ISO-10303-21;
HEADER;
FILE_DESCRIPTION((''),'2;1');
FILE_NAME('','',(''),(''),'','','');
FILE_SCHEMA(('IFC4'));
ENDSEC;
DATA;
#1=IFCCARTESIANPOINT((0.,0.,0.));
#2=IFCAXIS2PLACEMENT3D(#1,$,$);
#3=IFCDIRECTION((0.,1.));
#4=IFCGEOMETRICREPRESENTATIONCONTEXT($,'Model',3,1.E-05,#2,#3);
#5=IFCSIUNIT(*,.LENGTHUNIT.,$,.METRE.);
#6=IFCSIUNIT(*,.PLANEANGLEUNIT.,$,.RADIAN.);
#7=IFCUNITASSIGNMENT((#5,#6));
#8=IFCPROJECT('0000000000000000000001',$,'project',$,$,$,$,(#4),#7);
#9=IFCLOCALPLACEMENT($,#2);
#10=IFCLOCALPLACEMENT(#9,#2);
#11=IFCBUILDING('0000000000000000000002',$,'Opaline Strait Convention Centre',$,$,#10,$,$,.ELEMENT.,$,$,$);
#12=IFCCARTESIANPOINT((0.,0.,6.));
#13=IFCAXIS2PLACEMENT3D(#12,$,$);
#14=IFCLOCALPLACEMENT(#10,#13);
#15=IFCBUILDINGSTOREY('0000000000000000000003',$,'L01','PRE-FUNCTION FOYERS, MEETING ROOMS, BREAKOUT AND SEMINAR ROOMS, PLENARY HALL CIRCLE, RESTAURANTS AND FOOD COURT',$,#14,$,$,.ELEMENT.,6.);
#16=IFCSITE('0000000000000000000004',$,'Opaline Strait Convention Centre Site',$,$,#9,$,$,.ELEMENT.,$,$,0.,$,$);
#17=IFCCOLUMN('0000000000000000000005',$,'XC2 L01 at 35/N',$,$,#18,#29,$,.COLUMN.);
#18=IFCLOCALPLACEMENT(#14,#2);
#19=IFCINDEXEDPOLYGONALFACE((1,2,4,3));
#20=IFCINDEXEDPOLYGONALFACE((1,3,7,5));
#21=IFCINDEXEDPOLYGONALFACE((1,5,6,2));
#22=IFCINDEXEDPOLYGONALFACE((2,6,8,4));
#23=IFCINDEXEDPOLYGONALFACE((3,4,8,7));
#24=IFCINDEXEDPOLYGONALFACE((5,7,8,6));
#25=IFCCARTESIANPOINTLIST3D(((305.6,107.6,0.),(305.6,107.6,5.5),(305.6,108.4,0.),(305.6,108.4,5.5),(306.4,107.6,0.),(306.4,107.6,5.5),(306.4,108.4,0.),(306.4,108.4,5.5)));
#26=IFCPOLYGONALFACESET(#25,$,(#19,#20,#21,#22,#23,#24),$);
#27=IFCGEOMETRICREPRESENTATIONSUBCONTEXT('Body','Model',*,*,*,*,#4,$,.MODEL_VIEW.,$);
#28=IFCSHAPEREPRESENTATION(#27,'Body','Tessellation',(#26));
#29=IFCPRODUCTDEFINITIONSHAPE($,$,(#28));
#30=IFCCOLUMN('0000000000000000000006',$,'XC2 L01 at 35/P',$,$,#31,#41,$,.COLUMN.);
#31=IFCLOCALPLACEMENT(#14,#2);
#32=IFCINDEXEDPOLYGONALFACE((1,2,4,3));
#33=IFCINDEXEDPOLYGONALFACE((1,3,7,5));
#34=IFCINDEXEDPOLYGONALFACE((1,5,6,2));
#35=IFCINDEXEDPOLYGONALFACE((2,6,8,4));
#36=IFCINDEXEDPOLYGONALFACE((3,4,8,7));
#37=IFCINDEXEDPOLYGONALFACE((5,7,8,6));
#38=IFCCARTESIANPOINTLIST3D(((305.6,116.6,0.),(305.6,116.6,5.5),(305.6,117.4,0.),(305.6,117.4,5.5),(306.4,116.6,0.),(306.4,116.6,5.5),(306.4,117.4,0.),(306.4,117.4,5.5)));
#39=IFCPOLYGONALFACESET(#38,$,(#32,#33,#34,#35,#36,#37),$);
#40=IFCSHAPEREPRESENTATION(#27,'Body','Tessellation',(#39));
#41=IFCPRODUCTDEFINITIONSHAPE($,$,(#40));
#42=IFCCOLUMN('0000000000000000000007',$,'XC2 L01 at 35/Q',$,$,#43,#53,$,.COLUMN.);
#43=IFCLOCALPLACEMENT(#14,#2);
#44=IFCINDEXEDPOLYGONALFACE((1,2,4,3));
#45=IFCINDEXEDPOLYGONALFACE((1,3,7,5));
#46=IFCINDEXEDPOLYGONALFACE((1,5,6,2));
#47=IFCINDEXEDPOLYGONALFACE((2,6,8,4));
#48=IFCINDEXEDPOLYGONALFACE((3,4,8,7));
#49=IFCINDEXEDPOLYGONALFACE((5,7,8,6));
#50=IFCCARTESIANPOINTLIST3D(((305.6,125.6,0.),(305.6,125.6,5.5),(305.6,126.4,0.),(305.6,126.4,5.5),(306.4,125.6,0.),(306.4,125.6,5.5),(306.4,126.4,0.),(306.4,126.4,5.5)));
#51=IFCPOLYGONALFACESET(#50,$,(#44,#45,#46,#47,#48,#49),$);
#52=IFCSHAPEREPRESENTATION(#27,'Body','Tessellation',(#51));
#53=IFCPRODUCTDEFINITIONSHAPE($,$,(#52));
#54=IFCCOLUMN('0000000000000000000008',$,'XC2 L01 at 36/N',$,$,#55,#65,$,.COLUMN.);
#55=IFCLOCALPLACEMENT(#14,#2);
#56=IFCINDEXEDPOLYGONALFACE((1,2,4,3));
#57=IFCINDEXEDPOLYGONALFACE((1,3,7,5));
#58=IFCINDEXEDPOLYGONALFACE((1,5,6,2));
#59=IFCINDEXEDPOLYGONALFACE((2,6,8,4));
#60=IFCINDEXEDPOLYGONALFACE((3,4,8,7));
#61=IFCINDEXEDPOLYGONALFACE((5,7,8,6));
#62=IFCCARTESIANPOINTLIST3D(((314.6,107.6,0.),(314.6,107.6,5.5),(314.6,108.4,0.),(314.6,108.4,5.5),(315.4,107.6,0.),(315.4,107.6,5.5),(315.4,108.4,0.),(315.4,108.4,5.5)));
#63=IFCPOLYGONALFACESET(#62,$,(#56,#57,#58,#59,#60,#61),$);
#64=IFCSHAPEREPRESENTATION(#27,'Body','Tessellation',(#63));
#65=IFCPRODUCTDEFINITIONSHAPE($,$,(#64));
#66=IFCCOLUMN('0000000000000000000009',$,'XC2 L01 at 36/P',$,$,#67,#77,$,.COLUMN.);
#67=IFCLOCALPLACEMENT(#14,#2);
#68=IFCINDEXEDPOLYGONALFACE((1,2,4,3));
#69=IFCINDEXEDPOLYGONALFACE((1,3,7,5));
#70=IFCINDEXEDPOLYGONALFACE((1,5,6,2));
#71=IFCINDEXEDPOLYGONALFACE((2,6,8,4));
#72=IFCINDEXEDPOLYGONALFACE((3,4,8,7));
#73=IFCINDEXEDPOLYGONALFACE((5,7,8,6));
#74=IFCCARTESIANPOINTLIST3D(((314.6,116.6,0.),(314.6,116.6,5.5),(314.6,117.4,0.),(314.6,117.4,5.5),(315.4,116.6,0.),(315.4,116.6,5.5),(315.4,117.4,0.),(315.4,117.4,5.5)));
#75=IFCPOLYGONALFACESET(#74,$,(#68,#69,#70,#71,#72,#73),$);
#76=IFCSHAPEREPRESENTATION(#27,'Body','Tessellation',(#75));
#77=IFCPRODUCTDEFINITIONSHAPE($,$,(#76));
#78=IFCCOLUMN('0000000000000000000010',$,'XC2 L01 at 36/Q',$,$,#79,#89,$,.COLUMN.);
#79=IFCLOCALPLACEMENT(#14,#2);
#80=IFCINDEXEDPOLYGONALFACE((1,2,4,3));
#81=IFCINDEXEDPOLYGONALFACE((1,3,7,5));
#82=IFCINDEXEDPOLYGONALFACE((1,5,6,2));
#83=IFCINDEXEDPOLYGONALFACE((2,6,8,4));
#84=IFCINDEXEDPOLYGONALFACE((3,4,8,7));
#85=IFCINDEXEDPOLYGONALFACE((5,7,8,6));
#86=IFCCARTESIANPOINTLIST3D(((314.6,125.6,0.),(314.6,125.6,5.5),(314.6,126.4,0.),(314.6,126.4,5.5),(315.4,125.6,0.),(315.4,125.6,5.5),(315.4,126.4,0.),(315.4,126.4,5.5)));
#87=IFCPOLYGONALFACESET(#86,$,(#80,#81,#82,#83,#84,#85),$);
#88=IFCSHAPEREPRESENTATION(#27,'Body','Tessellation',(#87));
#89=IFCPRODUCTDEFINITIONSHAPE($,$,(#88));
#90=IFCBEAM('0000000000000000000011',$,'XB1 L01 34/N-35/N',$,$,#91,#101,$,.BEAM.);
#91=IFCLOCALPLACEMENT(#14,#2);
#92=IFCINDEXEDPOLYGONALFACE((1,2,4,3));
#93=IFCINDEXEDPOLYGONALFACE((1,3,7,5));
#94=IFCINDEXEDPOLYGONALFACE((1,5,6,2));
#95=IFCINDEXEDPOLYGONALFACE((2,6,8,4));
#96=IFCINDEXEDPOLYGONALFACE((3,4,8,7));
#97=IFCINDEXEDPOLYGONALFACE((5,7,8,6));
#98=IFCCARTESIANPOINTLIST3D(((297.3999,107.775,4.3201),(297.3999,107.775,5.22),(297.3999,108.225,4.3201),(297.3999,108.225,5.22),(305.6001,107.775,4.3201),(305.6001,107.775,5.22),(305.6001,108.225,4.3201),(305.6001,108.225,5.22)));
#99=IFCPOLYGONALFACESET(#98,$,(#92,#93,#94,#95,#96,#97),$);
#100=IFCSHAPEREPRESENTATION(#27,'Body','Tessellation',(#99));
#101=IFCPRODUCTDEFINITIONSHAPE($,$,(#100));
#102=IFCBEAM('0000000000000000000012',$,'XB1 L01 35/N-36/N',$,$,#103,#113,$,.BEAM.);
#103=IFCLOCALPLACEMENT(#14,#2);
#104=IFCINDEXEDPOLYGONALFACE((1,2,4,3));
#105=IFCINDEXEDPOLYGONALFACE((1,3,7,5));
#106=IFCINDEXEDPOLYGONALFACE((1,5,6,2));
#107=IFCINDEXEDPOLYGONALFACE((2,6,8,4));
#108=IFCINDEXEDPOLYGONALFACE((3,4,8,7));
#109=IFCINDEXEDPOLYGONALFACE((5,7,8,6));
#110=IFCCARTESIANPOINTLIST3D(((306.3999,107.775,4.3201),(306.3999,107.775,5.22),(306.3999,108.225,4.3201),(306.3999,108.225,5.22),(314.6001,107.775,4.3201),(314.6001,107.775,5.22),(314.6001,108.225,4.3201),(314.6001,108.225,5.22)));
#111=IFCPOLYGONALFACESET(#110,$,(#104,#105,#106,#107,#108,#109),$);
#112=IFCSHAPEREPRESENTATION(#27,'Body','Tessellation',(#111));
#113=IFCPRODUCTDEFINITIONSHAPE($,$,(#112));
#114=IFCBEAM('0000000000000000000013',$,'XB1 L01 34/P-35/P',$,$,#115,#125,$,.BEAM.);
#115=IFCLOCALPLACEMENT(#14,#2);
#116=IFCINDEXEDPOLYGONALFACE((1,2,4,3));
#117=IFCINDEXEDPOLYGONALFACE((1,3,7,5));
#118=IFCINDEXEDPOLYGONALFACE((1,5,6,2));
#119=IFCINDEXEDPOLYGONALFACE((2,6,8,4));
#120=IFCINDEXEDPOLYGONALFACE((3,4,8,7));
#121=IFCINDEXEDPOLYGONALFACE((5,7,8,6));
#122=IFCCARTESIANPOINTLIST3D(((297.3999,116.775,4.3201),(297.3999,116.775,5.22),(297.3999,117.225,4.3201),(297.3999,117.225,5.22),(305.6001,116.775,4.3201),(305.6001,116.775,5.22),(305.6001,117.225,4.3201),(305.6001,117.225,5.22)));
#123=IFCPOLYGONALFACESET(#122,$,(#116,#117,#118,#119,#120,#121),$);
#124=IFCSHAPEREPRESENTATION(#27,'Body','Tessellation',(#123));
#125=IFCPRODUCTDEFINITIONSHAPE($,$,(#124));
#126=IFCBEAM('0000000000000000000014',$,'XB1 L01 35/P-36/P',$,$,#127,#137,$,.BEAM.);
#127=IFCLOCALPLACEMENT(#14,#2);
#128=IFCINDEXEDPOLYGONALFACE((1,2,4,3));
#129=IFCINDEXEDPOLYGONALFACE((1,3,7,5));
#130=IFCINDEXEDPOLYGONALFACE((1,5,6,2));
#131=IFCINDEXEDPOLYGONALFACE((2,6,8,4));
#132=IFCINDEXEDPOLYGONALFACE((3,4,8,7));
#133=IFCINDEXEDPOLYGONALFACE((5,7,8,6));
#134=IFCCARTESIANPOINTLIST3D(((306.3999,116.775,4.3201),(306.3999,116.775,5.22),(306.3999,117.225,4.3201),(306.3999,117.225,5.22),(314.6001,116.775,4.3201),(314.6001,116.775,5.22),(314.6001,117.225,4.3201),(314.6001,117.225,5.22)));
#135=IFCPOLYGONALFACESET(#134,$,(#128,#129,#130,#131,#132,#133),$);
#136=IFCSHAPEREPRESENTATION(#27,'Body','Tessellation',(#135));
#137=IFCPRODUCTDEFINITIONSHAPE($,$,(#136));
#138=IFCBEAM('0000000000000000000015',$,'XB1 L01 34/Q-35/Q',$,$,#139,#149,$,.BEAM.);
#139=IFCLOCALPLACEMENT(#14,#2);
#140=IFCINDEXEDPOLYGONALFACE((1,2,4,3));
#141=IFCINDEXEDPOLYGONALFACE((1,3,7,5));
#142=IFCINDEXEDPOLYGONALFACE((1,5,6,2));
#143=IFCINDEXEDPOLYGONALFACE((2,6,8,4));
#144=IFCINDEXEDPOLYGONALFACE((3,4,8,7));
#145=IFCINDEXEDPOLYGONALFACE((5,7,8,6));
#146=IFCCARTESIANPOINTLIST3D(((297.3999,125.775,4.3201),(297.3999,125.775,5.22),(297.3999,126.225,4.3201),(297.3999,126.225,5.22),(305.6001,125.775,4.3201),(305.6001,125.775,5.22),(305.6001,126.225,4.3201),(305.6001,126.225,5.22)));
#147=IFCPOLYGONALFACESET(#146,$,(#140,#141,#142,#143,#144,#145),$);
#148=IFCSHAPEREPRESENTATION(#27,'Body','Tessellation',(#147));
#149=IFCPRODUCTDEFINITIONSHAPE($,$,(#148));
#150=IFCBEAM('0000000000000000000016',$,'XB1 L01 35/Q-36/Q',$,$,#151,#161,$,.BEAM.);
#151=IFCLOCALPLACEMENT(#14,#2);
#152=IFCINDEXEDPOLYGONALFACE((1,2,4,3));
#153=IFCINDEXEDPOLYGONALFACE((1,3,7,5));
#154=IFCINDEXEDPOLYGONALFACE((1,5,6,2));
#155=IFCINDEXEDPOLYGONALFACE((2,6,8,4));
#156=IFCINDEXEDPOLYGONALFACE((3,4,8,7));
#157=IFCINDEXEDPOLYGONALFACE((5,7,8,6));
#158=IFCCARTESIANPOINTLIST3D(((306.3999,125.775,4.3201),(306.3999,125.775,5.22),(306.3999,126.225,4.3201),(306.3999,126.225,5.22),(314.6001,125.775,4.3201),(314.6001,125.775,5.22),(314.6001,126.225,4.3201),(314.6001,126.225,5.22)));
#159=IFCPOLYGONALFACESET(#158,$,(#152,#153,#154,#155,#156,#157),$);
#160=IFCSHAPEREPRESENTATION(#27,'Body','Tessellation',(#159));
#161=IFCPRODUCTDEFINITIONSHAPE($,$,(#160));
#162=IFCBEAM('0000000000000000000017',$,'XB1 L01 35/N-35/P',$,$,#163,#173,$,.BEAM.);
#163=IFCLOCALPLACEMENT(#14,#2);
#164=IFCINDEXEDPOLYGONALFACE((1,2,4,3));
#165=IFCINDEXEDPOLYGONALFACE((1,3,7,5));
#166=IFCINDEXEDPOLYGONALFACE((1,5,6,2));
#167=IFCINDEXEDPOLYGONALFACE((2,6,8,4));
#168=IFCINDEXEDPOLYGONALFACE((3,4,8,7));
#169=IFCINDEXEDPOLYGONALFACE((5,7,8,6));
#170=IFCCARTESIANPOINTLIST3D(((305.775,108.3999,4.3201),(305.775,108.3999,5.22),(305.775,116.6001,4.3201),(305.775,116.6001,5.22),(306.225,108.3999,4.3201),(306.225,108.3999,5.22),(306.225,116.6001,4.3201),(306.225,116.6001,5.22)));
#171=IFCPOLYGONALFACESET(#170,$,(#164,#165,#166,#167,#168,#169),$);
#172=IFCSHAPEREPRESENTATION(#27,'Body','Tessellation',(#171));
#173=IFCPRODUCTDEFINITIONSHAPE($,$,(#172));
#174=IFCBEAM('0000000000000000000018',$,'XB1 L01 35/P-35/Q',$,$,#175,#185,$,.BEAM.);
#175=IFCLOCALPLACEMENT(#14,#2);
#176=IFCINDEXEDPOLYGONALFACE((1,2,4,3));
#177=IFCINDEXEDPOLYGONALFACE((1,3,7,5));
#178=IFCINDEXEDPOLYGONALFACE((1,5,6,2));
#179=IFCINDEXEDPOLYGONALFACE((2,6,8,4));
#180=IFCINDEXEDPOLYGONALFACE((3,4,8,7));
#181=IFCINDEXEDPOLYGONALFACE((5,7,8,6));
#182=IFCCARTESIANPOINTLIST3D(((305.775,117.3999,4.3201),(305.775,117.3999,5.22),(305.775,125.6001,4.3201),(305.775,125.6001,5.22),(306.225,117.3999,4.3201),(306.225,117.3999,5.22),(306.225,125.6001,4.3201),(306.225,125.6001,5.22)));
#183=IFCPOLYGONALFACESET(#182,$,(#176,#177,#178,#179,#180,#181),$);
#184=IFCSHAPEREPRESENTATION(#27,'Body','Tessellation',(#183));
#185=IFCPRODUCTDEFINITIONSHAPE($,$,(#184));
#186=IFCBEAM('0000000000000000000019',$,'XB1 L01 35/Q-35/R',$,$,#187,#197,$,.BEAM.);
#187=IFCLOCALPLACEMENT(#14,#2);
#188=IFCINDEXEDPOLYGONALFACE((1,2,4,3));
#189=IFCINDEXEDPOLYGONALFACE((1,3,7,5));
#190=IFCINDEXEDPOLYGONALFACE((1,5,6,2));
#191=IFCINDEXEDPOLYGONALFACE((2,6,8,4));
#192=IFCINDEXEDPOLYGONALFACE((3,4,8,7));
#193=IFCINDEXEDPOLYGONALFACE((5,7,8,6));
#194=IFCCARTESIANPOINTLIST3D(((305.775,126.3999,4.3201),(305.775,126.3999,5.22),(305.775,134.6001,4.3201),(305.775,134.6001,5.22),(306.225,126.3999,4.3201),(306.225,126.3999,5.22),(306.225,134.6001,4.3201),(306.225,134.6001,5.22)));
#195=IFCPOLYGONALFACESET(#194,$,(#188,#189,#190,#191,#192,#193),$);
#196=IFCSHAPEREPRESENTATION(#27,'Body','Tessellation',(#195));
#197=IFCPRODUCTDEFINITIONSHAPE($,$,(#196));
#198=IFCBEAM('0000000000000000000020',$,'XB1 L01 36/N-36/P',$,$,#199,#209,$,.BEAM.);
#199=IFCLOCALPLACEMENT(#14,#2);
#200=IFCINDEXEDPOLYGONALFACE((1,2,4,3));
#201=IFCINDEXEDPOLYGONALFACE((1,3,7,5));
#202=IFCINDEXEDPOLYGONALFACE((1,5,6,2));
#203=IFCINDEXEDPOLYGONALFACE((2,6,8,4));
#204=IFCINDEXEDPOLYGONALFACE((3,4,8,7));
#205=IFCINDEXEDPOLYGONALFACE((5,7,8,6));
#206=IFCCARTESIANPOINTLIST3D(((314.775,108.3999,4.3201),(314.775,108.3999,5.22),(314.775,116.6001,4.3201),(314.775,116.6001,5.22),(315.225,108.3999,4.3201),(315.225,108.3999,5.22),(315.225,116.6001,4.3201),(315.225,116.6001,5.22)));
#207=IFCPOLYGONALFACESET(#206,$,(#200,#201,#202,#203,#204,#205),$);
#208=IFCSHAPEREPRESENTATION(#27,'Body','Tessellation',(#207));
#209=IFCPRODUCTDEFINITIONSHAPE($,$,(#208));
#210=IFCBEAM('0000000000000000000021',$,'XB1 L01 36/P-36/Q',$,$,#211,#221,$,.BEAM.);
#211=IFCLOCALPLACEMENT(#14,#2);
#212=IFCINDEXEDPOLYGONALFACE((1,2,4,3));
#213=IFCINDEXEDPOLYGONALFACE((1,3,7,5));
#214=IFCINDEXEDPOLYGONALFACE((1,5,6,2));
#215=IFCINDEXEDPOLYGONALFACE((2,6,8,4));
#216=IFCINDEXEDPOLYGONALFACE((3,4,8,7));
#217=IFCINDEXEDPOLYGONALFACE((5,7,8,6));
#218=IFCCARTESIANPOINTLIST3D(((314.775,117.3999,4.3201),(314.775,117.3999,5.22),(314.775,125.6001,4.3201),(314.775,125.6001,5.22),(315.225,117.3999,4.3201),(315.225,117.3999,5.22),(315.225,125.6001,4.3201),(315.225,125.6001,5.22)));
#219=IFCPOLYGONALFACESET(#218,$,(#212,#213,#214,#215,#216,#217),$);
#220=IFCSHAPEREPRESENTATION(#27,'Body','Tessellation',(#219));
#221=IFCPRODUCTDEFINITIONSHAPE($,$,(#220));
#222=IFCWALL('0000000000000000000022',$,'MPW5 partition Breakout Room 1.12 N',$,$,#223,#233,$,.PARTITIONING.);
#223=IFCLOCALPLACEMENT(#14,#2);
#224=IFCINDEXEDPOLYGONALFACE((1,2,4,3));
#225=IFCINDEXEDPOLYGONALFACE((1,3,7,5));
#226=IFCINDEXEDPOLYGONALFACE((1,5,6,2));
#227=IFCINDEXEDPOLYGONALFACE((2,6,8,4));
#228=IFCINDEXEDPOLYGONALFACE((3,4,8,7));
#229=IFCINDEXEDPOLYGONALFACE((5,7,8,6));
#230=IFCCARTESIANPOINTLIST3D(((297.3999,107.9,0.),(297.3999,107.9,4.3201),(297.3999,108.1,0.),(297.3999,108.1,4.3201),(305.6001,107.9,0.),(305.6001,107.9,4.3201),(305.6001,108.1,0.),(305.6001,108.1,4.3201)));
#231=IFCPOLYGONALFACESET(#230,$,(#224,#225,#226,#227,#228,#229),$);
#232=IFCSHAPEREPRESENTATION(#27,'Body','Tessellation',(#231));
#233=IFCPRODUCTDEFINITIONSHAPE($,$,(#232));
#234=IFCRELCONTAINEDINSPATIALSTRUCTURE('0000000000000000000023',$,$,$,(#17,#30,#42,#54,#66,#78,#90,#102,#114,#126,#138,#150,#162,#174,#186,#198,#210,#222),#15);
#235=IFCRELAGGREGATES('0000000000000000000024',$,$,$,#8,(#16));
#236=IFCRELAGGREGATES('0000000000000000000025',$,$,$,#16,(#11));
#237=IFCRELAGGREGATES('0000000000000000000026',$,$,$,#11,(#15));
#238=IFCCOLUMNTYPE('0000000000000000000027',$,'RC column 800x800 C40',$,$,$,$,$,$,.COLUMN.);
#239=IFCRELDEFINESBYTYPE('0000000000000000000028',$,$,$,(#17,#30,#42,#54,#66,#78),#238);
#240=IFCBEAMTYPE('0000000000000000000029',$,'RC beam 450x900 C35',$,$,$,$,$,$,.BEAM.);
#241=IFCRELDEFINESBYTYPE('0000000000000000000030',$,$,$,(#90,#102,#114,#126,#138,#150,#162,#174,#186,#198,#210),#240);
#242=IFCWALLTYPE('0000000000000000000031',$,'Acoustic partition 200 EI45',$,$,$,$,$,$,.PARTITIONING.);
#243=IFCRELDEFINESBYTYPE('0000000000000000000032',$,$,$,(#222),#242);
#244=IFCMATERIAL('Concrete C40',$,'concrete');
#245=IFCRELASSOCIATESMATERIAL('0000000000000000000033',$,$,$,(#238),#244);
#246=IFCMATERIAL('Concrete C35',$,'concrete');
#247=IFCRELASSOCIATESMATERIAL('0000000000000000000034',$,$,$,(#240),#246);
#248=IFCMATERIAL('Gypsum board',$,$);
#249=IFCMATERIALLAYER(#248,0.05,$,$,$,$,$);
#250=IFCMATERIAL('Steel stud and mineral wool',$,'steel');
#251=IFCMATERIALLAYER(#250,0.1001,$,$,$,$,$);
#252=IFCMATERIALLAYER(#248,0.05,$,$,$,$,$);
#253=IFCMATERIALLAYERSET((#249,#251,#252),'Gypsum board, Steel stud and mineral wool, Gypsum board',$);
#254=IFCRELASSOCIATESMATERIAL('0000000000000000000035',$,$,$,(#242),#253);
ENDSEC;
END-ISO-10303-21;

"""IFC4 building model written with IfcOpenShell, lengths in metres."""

from ifc_helpers import new_model, si_unit, direction, frame, frame_2d, origin, origin_2d, place, context, subcontext, project, spatial, rectangle, extrude, material, layer, layer_set, material_profile, profile_set, type_object, element, save


model = new_model("IFC4")

# Units and contexts
model_context = context("Model", 3, precision=1e-05, world=origin(), true_north=direction((0.0, 1.0)))
body_context = subcontext(model_context, "Body", "Model", "MODEL_VIEW")
ifc_project = project(units=[si_unit("LENGTHUNIT", "METRE"), si_unit("PLANEANGLEUNIT", "RADIAN")], contexts=[model_context])

# Site, building, storey
site_placement = place(None, origin())
site = spatial("IfcSite", under=ifc_project, at=site_placement, Name="Opaline Strait Convention Centre Site", CompositionType="ELEMENT", RefElevation=0.0)
building_placement = place(site_placement, origin())
building = spatial("IfcBuilding", under=site, at=building_placement, Name="Opaline Strait Convention Centre", CompositionType="ELEMENT")
storey_placement = place(building_placement, frame((0.0, 0.0, 6.0)))
storey = spatial("IfcBuildingStorey", under=building, at=storey_placement, Name="L01", Description="PRE-FUNCTION FOYERS, MEETING ROOMS, BREAKOUT AND SEMINAR ROOMS, PLENARY HALL CIRCLE, RESTAURANTS AND FOOD COURT", CompositionType="ELEMENT", Elevation=6.0)

# Columns
ifc_material_1 = material(Name="Concrete C40", Category="concrete")
ifc_material_profile_1 = material_profile(ifc_material_1, rectangle(XDim=0.8, YDim=0.8, at=origin_2d()), Name="RC 800x800")
ifc_profile_set_1 = profile_set([ifc_material_profile_1], Name="Concrete C40")
column_type = type_object("IfcColumnType", Name="RC column 800x800 C40", PredefinedType="COLUMN", material=ifc_profile_set_1)
for number, where, z_axis, x_axis, name in (
    (1, (306.0, 108.0, 0.0), (0.0, 0.0, 1.0), (1.0, 0.0, 0.0), "XC2 L01 at 35/N"),
    (2, (306.0, 117.0, 0.0), (0.0, 0.0, 1.0), (1.0, 0.0, 0.0), "XC2 L01 at 35/P"),
    (3, (306.0, 126.0, 0.0), (0.0, 0.0, 1.0), (1.0, 0.0, 0.0), "XC2 L01 at 35/Q"),
    (4, (315.0, 108.0, 0.0), (0.0, 0.0, 1.0), (1.0, 0.0, 0.0), "XC2 L01 at 36/N"),
    (5, (315.0, 117.0, 0.0), (0.0, 0.0, 1.0), (1.0, 0.0, 0.0), "XC2 L01 at 36/P"),
    (6, (315.0, 126.0, 0.0), (0.0, 0.0, 1.0), (1.0, 0.0, 0.0), "XC2 L01 at 36/Q"),
):
    element("IfcColumn", number, at=place(storey_placement, frame(where, z_axis=z_axis, x_axis=x_axis)), inside=storey, type_object=column_type, Name=name, PredefinedType="COLUMN", context=body_context, shape_type="SweptSolid", body=[
        extrude(rectangle(XDim=0.8, YDim=0.8, at=origin_2d()), origin(), (0.0, 0.0, 1.0), 5.5),
    ])

# Beams
ifc_material_2 = material(Name="Concrete C35", Category="concrete")
ifc_material_profile_2 = material_profile(ifc_material_2, rectangle(XDim=0.45, YDim=0.8999, at=origin_2d()), Name="RC 450x900")
ifc_profile_set_2 = profile_set([ifc_material_profile_2], Name="Concrete C35")
beam_type = type_object("IfcBeamType", Name="RC beam 450x900 C35", PredefinedType="BEAM", material=ifc_profile_set_2)
for number, where, z_axis, x_axis, name in (
    (7, (297.3999, 108.0, 4.77), (1.0, 0.0, 0.0), (0.0, 1.0, 0.0), "XB1 L01 34/N-35/N"),
    (8, (306.3999, 108.0, 4.77), (1.0, 0.0, 0.0), (0.0, 1.0, 0.0), "XB1 L01 35/N-36/N"),
    (9, (297.3999, 117.0, 4.77), (1.0, 0.0, 0.0), (0.0, 1.0, 0.0), "XB1 L01 34/P-35/P"),
    (10, (306.3999, 117.0, 4.77), (1.0, 0.0, 0.0), (0.0, 1.0, 0.0), "XB1 L01 35/P-36/P"),
    (11, (297.3999, 126.0, 4.77), (1.0, 0.0, 0.0), (0.0, 1.0, 0.0), "XB1 L01 34/Q-35/Q"),
    (12, (306.3999, 126.0, 4.77), (1.0, 0.0, 0.0), (0.0, 1.0, 0.0), "XB1 L01 35/Q-36/Q"),
    (13, (306.0, 108.3999, 4.77), (0.0, 1.0, 0.0), (-1.0, 0.0, 0.0), "XB1 L01 35/N-35/P"),
    (14, (306.0, 117.3999, 4.77), (0.0, 1.0, 0.0), (-1.0, 0.0, 0.0), "XB1 L01 35/P-35/Q"),
    (15, (306.0, 126.3999, 4.77), (0.0, 1.0, 0.0), (-1.0, 0.0, 0.0), "XB1 L01 35/Q-35/R"),
    (16, (315.0, 108.3999, 4.77), (0.0, 1.0, 0.0), (-1.0, 0.0, 0.0), "XB1 L01 36/N-36/P"),
    (17, (315.0, 117.3999, 4.77), (0.0, 1.0, 0.0), (-1.0, 0.0, 0.0), "XB1 L01 36/P-36/Q"),
):
    element("IfcBeam", number, at=place(storey_placement, frame(where, z_axis=z_axis, x_axis=x_axis)), inside=storey, type_object=beam_type, Name=name, PredefinedType="BEAM", context=body_context, shape_type="SweptSolid", body=[
        extrude(rectangle(XDim=0.45, YDim=0.8999, at=origin_2d()), origin(), (0.0, 0.0, 1.0), 8.2002),
    ])

# Wall
ifc_material_3 = material(Name="Gypsum board")
ifc_layer_1 = layer(ifc_material_3, 0.05)
ifc_material_4 = material(Name="Steel stud and mineral wool", Category="steel")
ifc_layer_2 = layer(ifc_material_4, 0.1001)
ifc_layer_3 = layer(ifc_material_3, 0.05)
ifc_layer_set_1 = layer_set([ifc_layer_1, ifc_layer_2, ifc_layer_3], Name="Gypsum board, Steel stud and mineral wool, Gypsum board")
wall_type_1 = type_object("IfcWallType", Name="Acoustic partition 200 EI45", PredefinedType="PARTITIONING", material=ifc_layer_set_1)
wall_1_placement = place(storey_placement, frame((297.3999, 108.0, 0.0), z_axis=(0.0, 0.0, 1.0), x_axis=(1.0, 0.0, 0.0)))
element("IfcWall", 18, at=wall_1_placement, inside=storey, type_object=wall_type_1, Name="MPW5 partition Breakout Room 1.12 N", PredefinedType="PARTITIONING", context=body_context, shape_type="SweptSolid", body=[
    extrude(rectangle(XDim=8.2002, YDim=0.2, at=frame_2d((4.1001, 0.0))), origin(), (0.0, 0.0, 1.0), 4.3201),
])

save(model, "model.ifc")
